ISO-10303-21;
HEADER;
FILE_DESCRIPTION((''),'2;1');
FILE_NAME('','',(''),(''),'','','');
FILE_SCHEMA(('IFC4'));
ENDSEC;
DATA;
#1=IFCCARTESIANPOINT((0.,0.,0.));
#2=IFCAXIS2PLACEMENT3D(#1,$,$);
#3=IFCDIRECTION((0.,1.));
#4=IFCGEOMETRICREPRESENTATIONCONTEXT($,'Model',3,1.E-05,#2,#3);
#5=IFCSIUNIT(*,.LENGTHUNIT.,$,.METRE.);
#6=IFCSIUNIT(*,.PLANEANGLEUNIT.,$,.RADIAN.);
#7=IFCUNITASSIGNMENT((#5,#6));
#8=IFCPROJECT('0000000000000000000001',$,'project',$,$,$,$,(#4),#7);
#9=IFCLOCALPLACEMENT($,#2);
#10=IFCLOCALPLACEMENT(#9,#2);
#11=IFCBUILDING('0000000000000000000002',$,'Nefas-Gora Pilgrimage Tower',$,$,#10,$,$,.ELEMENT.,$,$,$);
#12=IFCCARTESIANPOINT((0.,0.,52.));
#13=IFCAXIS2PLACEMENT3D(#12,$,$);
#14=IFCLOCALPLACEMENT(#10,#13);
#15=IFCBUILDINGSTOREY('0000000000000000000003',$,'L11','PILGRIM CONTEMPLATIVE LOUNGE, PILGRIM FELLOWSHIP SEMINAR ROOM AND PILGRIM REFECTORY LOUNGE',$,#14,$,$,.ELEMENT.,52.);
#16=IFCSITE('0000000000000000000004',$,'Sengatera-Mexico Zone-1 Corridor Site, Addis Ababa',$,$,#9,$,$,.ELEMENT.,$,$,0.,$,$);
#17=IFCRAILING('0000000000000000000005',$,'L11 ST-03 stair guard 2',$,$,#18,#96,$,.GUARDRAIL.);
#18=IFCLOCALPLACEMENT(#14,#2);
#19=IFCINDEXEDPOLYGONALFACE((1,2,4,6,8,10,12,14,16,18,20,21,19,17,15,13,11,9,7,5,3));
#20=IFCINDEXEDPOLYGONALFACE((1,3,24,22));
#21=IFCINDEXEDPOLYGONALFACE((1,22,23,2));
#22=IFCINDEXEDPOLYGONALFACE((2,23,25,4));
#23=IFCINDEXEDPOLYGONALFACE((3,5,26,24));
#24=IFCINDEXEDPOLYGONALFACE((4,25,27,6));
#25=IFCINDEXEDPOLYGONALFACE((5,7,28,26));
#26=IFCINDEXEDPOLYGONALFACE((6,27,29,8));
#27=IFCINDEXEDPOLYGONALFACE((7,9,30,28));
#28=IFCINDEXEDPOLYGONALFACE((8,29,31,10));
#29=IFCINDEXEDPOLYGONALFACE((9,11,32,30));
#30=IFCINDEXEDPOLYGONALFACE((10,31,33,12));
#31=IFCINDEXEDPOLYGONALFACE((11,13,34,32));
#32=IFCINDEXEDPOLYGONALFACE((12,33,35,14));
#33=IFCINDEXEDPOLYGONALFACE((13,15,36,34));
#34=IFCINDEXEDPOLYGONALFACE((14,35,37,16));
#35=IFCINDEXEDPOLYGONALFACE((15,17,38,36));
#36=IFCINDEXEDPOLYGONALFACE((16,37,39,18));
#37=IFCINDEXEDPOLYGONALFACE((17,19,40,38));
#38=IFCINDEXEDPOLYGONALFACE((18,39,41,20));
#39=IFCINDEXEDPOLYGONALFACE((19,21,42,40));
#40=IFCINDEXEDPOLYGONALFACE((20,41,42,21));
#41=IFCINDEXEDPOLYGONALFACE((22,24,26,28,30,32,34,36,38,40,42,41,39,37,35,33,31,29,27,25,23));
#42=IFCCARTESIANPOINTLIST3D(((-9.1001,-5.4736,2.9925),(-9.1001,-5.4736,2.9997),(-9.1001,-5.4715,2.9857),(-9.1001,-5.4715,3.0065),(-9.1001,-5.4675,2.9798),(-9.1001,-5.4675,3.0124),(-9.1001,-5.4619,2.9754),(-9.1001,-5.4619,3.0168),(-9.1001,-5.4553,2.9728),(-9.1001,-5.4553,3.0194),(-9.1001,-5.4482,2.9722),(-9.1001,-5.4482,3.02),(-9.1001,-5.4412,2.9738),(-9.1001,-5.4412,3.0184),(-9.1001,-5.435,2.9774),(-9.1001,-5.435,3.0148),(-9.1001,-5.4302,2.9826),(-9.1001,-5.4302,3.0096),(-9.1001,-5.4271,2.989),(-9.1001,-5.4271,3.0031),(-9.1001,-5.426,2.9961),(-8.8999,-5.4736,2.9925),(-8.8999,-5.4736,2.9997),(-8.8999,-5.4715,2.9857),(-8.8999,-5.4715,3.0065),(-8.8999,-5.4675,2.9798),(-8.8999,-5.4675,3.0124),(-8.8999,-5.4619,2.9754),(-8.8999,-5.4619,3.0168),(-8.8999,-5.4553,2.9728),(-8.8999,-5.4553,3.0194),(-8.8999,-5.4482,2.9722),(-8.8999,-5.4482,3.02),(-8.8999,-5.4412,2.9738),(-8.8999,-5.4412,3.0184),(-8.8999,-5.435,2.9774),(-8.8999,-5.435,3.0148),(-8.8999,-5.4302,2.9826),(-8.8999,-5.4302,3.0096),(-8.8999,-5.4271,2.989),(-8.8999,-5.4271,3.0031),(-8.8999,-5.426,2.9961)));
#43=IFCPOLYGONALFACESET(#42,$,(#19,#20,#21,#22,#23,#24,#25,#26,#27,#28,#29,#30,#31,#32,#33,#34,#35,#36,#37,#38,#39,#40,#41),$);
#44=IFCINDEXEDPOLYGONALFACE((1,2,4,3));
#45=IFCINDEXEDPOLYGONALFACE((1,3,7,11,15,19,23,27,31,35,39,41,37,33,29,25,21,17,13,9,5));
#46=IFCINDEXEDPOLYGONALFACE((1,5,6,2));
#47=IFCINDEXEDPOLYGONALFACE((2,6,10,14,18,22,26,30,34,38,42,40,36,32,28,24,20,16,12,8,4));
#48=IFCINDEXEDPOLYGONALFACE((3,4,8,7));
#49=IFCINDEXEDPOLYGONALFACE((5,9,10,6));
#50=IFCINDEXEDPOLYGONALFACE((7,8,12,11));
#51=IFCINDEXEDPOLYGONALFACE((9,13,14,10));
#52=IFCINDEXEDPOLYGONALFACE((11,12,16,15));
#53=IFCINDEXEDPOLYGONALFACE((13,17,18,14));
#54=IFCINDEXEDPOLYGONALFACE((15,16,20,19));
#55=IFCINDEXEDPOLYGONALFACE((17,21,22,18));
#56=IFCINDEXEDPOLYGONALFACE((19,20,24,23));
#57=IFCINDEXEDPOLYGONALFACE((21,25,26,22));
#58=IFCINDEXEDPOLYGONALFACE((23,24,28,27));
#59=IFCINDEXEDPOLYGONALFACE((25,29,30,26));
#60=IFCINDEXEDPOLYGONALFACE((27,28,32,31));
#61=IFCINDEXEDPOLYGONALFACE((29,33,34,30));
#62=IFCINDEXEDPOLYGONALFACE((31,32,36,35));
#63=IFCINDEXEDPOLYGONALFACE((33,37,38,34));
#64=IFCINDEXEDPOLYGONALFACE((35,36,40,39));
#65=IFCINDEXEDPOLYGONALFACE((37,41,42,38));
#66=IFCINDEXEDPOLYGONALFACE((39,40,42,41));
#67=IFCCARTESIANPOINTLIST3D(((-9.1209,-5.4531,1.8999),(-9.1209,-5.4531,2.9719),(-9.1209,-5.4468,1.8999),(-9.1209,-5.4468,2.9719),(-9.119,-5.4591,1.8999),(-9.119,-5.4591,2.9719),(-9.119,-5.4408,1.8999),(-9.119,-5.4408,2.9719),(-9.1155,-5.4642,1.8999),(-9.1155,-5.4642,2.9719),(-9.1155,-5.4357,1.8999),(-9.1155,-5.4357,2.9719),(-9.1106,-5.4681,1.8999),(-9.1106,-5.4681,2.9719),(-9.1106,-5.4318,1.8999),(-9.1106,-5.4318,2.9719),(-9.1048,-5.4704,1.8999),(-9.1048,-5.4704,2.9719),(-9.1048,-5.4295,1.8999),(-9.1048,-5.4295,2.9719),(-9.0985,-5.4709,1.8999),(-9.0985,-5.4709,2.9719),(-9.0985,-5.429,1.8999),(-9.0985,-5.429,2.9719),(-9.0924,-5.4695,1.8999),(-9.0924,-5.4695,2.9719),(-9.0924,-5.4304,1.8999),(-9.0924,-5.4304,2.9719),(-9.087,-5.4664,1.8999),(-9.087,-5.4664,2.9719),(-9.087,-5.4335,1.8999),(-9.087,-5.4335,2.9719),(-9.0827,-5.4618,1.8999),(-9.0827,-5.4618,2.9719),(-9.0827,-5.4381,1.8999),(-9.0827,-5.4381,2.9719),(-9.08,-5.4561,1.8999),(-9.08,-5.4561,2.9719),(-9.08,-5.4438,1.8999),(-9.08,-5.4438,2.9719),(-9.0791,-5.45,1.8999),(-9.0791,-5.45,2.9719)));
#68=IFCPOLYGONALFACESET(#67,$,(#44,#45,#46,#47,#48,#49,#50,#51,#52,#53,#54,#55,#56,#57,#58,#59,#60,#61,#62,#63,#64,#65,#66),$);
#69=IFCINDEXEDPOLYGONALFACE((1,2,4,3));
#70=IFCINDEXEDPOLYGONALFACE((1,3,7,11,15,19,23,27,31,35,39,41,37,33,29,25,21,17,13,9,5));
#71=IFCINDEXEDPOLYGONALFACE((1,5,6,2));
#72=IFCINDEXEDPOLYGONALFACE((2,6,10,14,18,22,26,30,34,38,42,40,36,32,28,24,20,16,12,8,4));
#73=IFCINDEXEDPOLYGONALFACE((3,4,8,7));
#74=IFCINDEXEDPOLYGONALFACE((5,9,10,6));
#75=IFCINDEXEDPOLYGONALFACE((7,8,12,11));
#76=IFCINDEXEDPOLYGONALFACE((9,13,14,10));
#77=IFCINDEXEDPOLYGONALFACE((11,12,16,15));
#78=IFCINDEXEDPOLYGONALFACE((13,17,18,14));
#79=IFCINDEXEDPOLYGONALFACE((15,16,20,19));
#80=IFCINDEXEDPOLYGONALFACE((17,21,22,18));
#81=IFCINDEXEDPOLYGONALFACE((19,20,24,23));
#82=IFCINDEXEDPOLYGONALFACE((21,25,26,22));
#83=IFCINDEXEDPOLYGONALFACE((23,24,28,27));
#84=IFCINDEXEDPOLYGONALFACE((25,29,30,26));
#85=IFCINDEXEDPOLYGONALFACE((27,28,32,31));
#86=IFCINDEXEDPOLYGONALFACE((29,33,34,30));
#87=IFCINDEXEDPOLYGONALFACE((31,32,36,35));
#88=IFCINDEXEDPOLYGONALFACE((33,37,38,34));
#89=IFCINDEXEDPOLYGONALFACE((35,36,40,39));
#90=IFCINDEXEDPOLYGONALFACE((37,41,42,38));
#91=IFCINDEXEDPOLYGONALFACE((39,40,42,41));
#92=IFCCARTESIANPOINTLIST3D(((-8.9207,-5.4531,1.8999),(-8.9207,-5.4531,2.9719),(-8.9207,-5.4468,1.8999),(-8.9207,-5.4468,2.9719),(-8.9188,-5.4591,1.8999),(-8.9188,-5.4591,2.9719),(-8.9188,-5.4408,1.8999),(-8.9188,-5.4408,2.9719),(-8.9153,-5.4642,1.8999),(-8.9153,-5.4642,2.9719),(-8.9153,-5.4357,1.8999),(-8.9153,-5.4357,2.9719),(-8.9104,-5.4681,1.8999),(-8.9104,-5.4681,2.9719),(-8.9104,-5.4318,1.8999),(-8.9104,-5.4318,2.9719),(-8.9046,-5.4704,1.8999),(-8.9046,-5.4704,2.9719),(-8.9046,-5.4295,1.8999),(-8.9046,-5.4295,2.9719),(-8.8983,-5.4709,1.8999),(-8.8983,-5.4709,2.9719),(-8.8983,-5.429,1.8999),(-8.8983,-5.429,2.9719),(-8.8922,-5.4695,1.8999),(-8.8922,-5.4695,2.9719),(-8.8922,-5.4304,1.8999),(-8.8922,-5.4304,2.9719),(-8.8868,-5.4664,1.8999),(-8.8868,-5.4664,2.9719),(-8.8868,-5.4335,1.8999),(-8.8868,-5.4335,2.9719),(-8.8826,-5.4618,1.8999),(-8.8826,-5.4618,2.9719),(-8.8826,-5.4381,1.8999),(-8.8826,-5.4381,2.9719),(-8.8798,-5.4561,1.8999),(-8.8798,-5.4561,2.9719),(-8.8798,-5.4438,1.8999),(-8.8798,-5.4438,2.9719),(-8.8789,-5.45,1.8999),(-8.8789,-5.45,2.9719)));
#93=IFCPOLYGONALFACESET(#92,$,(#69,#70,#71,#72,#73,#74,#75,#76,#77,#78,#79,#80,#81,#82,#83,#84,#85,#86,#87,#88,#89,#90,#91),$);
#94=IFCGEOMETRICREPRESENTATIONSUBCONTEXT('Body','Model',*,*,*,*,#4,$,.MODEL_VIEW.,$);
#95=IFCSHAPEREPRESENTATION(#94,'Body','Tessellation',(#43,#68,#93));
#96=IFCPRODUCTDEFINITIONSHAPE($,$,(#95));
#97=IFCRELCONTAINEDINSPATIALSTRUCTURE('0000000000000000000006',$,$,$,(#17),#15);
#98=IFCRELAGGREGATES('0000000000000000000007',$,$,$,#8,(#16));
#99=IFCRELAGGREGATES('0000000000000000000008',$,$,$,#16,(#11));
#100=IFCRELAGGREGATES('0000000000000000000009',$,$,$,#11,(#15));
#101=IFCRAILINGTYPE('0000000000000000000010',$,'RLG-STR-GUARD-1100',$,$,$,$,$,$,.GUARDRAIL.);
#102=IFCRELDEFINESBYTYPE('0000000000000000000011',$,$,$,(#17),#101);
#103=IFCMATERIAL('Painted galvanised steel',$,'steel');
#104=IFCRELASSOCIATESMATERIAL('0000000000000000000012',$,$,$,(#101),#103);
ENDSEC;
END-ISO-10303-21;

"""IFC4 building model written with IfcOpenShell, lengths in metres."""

from ifc_helpers import new_model, si_unit, direction, frame, origin, origin_2d, place, context, subcontext, project, spatial, circle, extrude, material, type_object, element, save


model = new_model("IFC4")

# Units and contexts
model_context = context("Model", 3, precision=1e-05, world=origin(), true_north=direction((0.0, 1.0)))
body_context = subcontext(model_context, "Body", "Model", "MODEL_VIEW")
ifc_project = project(units=[si_unit("LENGTHUNIT", "METRE"), si_unit("PLANEANGLEUNIT", "RADIAN")], contexts=[model_context])

# Site, building, storey
site_placement = place(None, origin())
site = spatial("IfcSite", under=ifc_project, at=site_placement, Name="Sengatera-Mexico Zone-1 Corridor Site, Addis Ababa", CompositionType="ELEMENT", RefElevation=0.0)
building_placement = place(site_placement, origin())
building = spatial("IfcBuilding", under=site, at=building_placement, Name="Nefas-Gora Pilgrimage Tower", CompositionType="ELEMENT")
storey_placement = place(building_placement, frame((0.0, 0.0, 52.0)))
storey = spatial("IfcBuildingStorey", under=building, at=storey_placement, Name="L11", Description="PILGRIM CONTEMPLATIVE LOUNGE, PILGRIM FELLOWSHIP SEMINAR ROOM AND PILGRIM REFECTORY LOUNGE", CompositionType="ELEMENT", Elevation=52.0)

# Railing
ifc_material_1 = material(Name="Painted galvanised steel", Category="steel")
railing_type_1 = type_object("IfcRailingType", Name="RLG-STR-GUARD-1100", PredefinedType="GUARDRAIL", material=ifc_material_1)
railing_1_placement = place(storey_placement, frame((-9.1001, -5.45, 1.8999)))
element("IfcRailing", 1, at=railing_1_placement, inside=storey, type_object=railing_type_1, Name="L11 ST-03 stair guard 2", PredefinedType="GUARDRAIL", context=body_context, shape_type="SweptSolid", body=[
    extrude(circle(Radius=0.0239, at=origin_2d()), frame((0.0, 0.0, 1.0962), z_axis=(1.0, 0.0, 0.0), x_axis=(0.0, 1.0, 0.0)), (0.0, 0.0, 1.0), 0.2002),
    extrude(circle(Radius=0.021, at=origin_2d()), origin(), (0.0, 0.0, 1.0), 1.072),
    extrude(circle(Radius=0.021, at=origin_2d()), frame((0.2002, 0.0, 0.0)), (0.0, 0.0, 1.0), 1.072),
])

save(model, "model.ifc")
